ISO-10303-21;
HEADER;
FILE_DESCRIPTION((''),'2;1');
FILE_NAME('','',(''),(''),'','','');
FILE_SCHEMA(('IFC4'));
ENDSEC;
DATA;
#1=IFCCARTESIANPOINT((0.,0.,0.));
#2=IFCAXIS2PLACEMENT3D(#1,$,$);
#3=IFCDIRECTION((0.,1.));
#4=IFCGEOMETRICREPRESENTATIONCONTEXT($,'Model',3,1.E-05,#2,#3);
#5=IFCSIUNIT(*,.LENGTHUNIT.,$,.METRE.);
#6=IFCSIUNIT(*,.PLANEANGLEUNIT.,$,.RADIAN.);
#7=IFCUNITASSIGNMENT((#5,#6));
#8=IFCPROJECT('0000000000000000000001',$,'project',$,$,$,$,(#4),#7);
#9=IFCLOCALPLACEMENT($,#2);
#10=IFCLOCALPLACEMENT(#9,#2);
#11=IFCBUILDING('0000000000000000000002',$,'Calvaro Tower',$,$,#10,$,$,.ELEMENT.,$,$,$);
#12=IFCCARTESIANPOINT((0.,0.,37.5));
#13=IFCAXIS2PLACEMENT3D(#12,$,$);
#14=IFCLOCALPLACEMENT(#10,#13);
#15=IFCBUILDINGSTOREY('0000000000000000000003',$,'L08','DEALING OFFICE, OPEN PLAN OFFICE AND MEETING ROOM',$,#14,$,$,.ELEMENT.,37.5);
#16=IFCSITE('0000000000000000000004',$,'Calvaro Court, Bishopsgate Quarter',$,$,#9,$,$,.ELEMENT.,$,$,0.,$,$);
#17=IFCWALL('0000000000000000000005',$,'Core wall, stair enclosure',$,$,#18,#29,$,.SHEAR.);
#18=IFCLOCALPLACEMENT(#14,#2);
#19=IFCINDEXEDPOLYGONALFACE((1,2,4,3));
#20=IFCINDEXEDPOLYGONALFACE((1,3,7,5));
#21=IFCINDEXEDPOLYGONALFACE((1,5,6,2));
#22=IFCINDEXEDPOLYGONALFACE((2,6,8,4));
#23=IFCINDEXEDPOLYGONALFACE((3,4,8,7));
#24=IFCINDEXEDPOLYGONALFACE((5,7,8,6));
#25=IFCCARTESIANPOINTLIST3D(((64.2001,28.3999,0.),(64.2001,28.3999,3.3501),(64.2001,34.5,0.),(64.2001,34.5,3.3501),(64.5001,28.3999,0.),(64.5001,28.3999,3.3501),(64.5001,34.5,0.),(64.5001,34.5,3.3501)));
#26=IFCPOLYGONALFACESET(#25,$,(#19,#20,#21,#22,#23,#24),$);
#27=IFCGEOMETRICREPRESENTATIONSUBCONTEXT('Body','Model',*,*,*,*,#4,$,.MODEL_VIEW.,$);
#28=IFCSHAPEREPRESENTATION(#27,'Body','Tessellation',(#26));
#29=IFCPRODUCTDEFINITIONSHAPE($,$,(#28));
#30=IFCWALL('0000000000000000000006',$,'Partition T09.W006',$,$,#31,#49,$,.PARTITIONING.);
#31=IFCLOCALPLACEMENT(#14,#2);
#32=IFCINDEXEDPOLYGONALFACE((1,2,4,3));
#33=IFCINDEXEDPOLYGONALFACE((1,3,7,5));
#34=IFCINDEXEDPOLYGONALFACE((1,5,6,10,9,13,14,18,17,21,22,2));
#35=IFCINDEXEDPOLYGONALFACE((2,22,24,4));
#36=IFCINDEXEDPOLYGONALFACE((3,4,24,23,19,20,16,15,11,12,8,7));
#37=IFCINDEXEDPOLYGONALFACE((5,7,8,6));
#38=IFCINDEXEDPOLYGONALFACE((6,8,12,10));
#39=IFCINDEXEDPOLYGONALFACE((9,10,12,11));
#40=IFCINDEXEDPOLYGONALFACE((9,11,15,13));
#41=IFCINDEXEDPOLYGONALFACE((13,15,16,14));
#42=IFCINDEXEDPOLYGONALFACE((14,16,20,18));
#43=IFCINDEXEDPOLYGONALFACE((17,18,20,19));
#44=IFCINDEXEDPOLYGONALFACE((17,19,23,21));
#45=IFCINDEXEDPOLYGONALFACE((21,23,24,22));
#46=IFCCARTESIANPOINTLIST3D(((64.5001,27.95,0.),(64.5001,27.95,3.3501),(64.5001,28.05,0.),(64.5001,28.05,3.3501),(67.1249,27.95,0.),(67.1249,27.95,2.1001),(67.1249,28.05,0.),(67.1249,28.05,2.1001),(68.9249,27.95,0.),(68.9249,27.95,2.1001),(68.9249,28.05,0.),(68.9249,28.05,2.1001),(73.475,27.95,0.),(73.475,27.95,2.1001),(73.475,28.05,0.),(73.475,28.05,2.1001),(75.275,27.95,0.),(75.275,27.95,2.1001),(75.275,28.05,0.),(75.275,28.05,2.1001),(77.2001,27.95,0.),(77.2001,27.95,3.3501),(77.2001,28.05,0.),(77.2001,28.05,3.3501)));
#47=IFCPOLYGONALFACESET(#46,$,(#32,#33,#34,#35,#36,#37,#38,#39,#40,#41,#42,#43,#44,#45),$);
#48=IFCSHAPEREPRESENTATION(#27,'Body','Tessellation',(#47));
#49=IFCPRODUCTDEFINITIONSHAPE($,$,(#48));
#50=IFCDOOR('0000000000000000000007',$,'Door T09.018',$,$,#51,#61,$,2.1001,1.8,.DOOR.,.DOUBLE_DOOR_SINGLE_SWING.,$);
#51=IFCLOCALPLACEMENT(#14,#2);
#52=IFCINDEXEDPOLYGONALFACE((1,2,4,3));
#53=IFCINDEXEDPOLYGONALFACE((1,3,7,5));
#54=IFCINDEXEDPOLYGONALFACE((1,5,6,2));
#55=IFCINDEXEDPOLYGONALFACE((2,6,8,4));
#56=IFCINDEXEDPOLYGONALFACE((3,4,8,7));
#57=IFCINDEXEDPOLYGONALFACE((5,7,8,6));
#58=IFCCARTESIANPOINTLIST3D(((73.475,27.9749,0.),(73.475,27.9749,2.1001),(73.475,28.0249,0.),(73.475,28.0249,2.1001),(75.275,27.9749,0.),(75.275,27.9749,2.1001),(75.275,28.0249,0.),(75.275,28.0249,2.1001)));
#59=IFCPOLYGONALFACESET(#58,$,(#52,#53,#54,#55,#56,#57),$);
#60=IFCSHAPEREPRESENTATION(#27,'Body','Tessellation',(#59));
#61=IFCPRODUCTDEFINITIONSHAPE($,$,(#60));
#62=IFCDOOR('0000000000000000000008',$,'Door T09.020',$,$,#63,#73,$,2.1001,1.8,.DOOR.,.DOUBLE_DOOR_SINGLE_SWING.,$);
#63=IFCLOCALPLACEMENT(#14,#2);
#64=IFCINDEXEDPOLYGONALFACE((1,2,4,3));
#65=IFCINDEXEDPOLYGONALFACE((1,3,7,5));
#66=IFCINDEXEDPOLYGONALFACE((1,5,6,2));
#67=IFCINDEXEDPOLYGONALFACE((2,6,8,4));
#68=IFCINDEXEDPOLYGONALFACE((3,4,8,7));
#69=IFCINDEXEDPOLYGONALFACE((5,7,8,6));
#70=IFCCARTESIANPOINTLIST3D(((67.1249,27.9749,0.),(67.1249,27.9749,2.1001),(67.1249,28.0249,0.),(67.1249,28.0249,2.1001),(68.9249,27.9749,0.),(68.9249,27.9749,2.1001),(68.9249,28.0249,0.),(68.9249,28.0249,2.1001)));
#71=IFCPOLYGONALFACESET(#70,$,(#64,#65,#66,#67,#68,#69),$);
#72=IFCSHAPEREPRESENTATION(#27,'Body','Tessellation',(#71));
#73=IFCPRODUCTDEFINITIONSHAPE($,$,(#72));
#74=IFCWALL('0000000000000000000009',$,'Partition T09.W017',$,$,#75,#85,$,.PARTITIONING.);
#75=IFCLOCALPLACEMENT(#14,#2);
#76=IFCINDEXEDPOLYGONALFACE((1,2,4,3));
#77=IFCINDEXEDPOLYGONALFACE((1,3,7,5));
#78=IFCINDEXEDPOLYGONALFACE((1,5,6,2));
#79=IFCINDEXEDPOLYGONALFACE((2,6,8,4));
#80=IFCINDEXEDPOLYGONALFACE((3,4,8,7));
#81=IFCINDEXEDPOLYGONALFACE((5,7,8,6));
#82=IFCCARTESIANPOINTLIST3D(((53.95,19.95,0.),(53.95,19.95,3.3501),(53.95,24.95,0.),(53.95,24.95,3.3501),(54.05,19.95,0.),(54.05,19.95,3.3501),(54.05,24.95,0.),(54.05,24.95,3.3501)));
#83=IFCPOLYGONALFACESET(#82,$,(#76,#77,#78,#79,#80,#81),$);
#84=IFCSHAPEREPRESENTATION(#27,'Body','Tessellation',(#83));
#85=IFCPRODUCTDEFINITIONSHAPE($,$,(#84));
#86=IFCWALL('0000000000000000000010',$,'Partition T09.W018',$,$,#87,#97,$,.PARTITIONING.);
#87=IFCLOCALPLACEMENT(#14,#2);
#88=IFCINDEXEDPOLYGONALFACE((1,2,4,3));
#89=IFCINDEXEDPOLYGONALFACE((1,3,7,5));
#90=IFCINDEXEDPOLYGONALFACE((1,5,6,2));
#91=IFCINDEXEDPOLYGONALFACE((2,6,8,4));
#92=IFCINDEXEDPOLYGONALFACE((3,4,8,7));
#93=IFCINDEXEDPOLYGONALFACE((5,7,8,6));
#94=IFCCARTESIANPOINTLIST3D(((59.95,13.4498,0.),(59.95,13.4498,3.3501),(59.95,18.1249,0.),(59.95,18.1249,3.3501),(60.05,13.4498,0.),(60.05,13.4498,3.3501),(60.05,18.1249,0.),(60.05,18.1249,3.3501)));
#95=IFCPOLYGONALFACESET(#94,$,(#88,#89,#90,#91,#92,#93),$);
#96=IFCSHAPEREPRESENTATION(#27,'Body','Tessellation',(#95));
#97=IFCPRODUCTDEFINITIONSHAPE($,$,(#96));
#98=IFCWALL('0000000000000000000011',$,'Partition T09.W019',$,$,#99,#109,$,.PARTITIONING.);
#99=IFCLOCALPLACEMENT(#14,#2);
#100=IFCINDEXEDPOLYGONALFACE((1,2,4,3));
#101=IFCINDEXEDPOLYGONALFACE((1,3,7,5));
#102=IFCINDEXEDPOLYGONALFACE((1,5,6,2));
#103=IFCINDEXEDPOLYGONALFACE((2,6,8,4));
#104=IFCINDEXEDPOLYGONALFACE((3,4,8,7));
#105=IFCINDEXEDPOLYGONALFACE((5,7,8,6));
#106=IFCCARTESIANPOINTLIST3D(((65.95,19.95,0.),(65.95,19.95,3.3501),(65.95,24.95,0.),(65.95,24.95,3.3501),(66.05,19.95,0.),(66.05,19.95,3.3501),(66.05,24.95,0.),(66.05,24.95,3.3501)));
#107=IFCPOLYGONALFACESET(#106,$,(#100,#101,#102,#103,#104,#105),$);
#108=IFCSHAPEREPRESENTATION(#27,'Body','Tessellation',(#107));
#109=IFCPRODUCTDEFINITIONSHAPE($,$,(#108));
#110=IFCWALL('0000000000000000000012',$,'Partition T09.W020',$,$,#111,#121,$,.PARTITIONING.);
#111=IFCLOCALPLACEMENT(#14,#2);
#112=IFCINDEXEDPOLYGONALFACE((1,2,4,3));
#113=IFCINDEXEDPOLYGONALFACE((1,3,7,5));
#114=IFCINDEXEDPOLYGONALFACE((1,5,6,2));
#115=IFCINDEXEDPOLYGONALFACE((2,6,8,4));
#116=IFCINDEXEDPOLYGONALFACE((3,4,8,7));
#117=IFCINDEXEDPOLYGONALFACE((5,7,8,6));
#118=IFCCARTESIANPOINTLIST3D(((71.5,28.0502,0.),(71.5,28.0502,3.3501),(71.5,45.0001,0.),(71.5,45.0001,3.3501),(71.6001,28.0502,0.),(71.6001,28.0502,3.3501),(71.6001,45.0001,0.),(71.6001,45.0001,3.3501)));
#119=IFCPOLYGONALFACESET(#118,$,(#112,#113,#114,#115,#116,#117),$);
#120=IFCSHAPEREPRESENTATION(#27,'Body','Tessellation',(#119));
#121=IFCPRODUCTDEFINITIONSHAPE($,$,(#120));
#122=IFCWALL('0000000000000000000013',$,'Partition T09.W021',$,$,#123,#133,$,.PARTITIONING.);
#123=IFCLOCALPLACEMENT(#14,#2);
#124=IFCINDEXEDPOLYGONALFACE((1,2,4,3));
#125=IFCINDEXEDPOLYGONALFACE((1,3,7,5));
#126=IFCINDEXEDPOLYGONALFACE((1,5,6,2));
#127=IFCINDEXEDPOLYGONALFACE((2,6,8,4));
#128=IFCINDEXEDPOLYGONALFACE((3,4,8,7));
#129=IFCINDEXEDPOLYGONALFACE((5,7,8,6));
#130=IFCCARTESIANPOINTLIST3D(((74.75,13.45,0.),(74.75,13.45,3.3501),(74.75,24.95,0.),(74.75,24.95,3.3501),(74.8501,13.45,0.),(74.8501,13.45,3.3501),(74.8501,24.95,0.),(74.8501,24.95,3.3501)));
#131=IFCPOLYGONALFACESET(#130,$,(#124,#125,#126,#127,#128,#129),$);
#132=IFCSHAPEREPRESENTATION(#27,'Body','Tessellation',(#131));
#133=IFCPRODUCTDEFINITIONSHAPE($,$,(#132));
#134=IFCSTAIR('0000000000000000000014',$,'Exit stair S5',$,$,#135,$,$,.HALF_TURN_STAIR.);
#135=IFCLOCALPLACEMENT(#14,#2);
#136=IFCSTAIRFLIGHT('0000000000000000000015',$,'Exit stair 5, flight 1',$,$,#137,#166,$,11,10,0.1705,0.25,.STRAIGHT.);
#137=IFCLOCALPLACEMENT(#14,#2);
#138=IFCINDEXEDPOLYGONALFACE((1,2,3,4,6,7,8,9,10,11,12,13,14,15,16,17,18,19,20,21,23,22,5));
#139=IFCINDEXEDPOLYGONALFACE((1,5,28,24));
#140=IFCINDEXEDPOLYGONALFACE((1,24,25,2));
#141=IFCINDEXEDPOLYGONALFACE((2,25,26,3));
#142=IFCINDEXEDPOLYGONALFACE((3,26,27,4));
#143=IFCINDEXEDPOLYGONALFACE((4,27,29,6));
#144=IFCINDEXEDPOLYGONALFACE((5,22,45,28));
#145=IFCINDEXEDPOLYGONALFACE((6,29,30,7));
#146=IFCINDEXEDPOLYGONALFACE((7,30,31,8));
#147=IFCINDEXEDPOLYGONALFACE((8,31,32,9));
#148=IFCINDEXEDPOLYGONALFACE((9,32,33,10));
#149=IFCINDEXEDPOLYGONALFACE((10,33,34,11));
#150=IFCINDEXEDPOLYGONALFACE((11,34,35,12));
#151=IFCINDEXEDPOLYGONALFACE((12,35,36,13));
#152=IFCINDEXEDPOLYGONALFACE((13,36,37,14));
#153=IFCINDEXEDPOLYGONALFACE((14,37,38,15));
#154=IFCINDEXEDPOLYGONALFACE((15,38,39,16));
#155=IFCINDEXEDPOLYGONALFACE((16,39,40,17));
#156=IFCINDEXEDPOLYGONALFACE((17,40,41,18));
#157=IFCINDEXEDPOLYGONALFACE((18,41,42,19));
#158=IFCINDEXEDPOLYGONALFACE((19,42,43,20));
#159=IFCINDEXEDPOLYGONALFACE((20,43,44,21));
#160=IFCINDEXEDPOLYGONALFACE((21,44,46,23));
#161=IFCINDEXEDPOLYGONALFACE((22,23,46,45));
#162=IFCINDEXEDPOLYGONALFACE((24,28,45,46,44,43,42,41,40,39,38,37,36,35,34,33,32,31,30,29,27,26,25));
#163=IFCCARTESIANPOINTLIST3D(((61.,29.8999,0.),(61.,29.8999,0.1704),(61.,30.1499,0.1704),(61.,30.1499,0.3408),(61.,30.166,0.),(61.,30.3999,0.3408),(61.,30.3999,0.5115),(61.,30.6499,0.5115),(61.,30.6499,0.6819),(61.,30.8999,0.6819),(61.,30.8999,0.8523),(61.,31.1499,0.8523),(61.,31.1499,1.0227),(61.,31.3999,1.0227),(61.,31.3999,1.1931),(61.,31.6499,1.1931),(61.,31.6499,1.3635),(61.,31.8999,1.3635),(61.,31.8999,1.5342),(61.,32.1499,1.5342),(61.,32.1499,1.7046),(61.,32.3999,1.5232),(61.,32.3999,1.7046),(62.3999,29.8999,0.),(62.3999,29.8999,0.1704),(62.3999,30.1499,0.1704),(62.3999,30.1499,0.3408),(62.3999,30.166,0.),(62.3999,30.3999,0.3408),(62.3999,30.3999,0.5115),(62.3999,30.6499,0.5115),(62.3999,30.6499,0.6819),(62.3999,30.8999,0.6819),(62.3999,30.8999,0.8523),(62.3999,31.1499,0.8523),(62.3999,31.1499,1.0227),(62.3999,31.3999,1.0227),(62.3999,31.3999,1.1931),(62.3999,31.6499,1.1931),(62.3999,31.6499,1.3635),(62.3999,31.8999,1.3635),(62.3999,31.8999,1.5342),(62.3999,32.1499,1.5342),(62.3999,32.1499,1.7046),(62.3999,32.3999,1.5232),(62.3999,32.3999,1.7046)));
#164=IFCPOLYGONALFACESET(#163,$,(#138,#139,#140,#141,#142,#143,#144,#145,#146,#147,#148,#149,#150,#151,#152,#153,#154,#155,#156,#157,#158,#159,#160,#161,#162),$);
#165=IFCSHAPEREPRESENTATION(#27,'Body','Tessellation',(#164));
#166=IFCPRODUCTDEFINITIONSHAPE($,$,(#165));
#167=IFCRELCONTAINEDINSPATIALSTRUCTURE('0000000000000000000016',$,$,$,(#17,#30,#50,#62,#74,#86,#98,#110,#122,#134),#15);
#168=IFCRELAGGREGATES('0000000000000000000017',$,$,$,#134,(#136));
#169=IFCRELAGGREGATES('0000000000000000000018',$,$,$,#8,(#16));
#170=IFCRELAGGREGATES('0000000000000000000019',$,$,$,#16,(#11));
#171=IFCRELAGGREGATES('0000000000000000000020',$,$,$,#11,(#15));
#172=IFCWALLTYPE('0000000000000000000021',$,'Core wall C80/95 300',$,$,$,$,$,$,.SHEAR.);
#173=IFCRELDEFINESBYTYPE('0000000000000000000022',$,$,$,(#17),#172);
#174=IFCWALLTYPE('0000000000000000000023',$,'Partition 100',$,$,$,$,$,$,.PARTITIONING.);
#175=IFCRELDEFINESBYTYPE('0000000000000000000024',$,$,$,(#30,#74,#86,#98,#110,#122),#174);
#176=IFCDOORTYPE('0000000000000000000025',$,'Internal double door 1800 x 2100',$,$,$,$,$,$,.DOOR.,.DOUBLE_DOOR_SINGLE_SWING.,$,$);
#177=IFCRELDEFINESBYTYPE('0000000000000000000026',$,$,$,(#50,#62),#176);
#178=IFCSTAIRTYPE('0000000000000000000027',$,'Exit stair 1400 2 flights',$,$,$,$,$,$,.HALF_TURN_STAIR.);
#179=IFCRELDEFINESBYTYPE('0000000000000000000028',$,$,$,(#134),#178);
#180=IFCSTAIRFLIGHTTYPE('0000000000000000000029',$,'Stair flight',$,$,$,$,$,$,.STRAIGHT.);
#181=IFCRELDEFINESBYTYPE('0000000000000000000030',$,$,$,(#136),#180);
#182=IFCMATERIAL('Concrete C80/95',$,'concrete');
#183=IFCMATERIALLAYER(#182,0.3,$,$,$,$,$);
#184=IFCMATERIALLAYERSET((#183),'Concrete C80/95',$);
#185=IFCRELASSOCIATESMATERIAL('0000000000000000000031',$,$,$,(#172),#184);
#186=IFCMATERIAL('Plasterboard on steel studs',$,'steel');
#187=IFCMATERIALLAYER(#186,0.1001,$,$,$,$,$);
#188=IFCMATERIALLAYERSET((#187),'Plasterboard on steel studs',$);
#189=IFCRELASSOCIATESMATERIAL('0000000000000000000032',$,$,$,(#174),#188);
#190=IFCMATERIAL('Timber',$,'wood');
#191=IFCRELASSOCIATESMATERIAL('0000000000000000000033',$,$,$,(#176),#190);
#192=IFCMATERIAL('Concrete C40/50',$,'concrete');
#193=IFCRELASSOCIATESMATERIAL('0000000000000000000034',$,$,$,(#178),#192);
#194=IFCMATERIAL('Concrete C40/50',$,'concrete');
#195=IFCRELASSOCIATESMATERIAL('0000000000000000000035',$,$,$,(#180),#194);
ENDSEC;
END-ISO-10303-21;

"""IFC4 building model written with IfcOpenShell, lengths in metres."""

from ifc_helpers import new_model, si_unit, direction, frame, frame_2d, origin, place, context, subcontext, project, spatial, polyline, rectangle, outline, extrude, material, layer, layer_set, type_object, element, fill, aggregate, save


model = new_model("IFC4")

# Units and contexts
model_context = context("Model", 3, precision=1e-05, world=origin(), true_north=direction((0.0, 1.0)))
body_context = subcontext(model_context, "Body", "Model", "MODEL_VIEW")
ifc_project = project(units=[si_unit("LENGTHUNIT", "METRE"), si_unit("PLANEANGLEUNIT", "RADIAN")], contexts=[model_context])

# Site, building, storey
site_placement = place(None, origin())
site = spatial("IfcSite", under=ifc_project, at=site_placement, Name="Calvaro Court, Bishopsgate Quarter", CompositionType="ELEMENT", RefElevation=0.0)
building_placement = place(site_placement, origin())
building = spatial("IfcBuilding", under=site, at=building_placement, Name="Calvaro Tower", CompositionType="ELEMENT")
storey_placement = place(building_placement, frame((0.0, 0.0, 37.5)))
storey = spatial("IfcBuildingStorey", under=building, at=storey_placement, Name="L08", Description="DEALING OFFICE, OPEN PLAN OFFICE AND MEETING ROOM", CompositionType="ELEMENT", Elevation=37.5)

# Wall
ifc_material_1 = material(Name="Concrete C80/95", Category="concrete")
ifc_layer_1 = layer(ifc_material_1, 0.3)
ifc_layer_set_1 = layer_set([ifc_layer_1], Name="Concrete C80/95")
wall_type_1 = type_object("IfcWallType", Name="Core wall C80/95 300", PredefinedType="SHEAR", material=ifc_layer_set_1)
for number, where, z_axis, x_axis, name in (
    (1, (64.3501, 28.3999, 0.0), (0.0, 0.0, 1.0), (0.0, 1.0, 0.0), "Core wall, stair enclosure"),
):
    element("IfcWall", number, at=place(storey_placement, frame(where, z_axis=z_axis, x_axis=x_axis)), inside=storey, type_object=wall_type_1, Name=name, PredefinedType="SHEAR", context=body_context, shape_type="SweptSolid", body=[
        extrude(rectangle(XDim=6.1001, YDim=0.3, at=frame_2d((3.05, 0.0))), origin(), (0.0, 0.0, 1.0), 3.3501),
    ])

# Wall, openings, doors
ifc_material_2 = material(Name="Plasterboard on steel studs", Category="steel")
ifc_layer_2 = layer(ifc_material_2, 0.1001)
ifc_layer_set_2 = layer_set([ifc_layer_2], Name="Plasterboard on steel studs")
wall_type_2 = type_object("IfcWallType", Name="Partition 100", PredefinedType="PARTITIONING", material=ifc_layer_set_2)
wall_1_placement = place(storey_placement, frame((64.5, 28.0, 0.0), z_axis=(0.0, 0.0, 1.0), x_axis=(1.0, 0.0, 0.0)))
wall_1 = element("IfcWall", 2, at=wall_1_placement, inside=storey, type_object=wall_type_2, Name="Partition T09.W006", PredefinedType="PARTITIONING", context=body_context, shape_type="SweptSolid", body=[
    extrude(rectangle(XDim=12.7, YDim=0.1001, at=frame_2d((6.3501, 0.0))), origin(), (0.0, 0.0, 1.0), 3.3501),
])
opening_1_placement = place(wall_1_placement, frame((8.9751, 0.0, 0.0)))
opening_1 = element("IfcOpeningElement", 3, at=opening_1_placement, cuts=wall_1, PredefinedType="OPENING", context=body_context, shape_type="SweptSolid", body=[
    extrude(rectangle(XDim=1.8, YDim=2.1001, at=frame_2d((0.8999, 1.05))), frame((0.0, 0.0601, 0.0), z_axis=(0.0, -1.0, 0.0), x_axis=(1.0, 0.0, 0.0)), (0.0, 0.0, 1.0), 0.1201),
])
opening_2_placement = place(wall_1_placement, frame((2.625, 0.0, 0.0)))
opening_2 = element("IfcOpeningElement", 4, at=opening_2_placement, cuts=wall_1, PredefinedType="OPENING", context=body_context, shape_type="SweptSolid", body=[
    extrude(rectangle(XDim=1.8, YDim=2.1001, at=frame_2d((0.8999, 1.05))), frame((0.0, 0.0601, 0.0), z_axis=(0.0, -1.0, 0.0), x_axis=(1.0, 0.0, 0.0)), (0.0, 0.0, 1.0), 0.1201),
])
ifc_material_3 = material(Name="Timber", Category="wood")
door_type_1 = type_object("IfcDoorType", Name="Internal double door 1800 x 2100", OperationType="DOUBLE_DOOR_SINGLE_SWING", PredefinedType="DOOR", material=ifc_material_3)
door_1_placement = place(opening_1_placement, origin())
door_1 = element("IfcDoor", 5, at=door_1_placement, inside=storey, type_object=door_type_1, Name="Door T09.018", OperationType="DOUBLE_DOOR_SINGLE_SWING", OverallHeight=2.1001, OverallWidth=1.8, PredefinedType="DOOR", context=body_context, shape_type="SweptSolid", body=[
    extrude(rectangle(XDim=1.8, YDim=2.1001, at=frame_2d((0.8999, 1.05))), frame((0.0, 0.0249, 0.0), z_axis=(0.0, -1.0, 0.0), x_axis=(1.0, 0.0, 0.0)), (0.0, 0.0, 1.0), 0.05),
])
fill(opening_1, door_1)
door_2_placement = place(opening_2_placement, origin())
door_2 = element("IfcDoor", 6, at=door_2_placement, inside=storey, type_object=door_type_1, Name="Door T09.020", OperationType="DOUBLE_DOOR_SINGLE_SWING", OverallHeight=2.1001, OverallWidth=1.8, PredefinedType="DOOR", context=body_context, shape_type="SweptSolid", body=[
    extrude(rectangle(XDim=1.8, YDim=2.1001, at=frame_2d((0.8999, 1.05))), frame((0.0, 0.0249, 0.0), z_axis=(0.0, -1.0, 0.0), x_axis=(1.0, 0.0, 0.0)), (0.0, 0.0, 1.0), 0.05),
])
fill(opening_2, door_2)

# Walls
wall_2_placement = place(storey_placement, frame((54.0, 19.95, 0.0), z_axis=(0.0, 0.0, 1.0), x_axis=(0.0, 1.0, 0.0)))
element("IfcWall", 7, at=wall_2_placement, inside=storey, type_object=wall_type_2, Name="Partition T09.W017", PredefinedType="PARTITIONING", context=body_context, shape_type="SweptSolid", body=[
    extrude(rectangle(XDim=5.0, YDim=0.1001, at=frame_2d((2.5, 0.0))), origin(), (0.0, 0.0, 1.0), 3.3501),
])
wall_3_placement = place(storey_placement, frame((60.0, 13.45, 0.0), z_axis=(0.0, 0.0, 1.0), x_axis=(0.0, 1.0, 0.0)))
element("IfcWall", 8, at=wall_3_placement, inside=storey, type_object=wall_type_2, Name="Partition T09.W018", PredefinedType="PARTITIONING", context=body_context, shape_type="SweptSolid", body=[
    extrude(rectangle(XDim=4.675, YDim=0.1001, at=frame_2d((2.3374, 0.0))), origin(), (0.0, 0.0, 1.0), 3.3501),
])
wall_4_placement = place(storey_placement, frame((66.0, 19.95, 0.0), z_axis=(0.0, 0.0, 1.0), x_axis=(0.0, 1.0, 0.0)))
element("IfcWall", 9, at=wall_4_placement, inside=storey, type_object=wall_type_2, Name="Partition T09.W019", PredefinedType="PARTITIONING", context=body_context, shape_type="SweptSolid", body=[
    extrude(rectangle(XDim=5.0, YDim=0.1001, at=frame_2d((2.5, 0.0))), origin(), (0.0, 0.0, 1.0), 3.3501),
])
wall_5_placement = place(storey_placement, frame((71.55, 28.05, 0.0), z_axis=(0.0, 0.0, 1.0), x_axis=(0.0, 1.0, 0.0)))
element("IfcWall", 10, at=wall_5_placement, inside=storey, type_object=wall_type_2, Name="Partition T09.W020", PredefinedType="PARTITIONING", context=body_context, shape_type="SweptSolid", body=[
    extrude(rectangle(XDim=16.95, YDim=0.1001, at=frame_2d((8.4751, 0.0))), origin(), (0.0, 0.0, 1.0), 3.3501),
])
wall_6_placement = place(storey_placement, frame((74.8, 13.45, 0.0), z_axis=(0.0, 0.0, 1.0), x_axis=(0.0, 1.0, 0.0)))
element("IfcWall", 11, at=wall_6_placement, inside=storey, type_object=wall_type_2, Name="Partition T09.W021", PredefinedType="PARTITIONING", context=body_context, shape_type="SweptSolid", body=[
    extrude(rectangle(XDim=11.5, YDim=0.1001, at=frame_2d((5.75, 0.0))), origin(), (0.0, 0.0, 1.0), 3.3501),
])

# Stair, stair flight
ifc_material_4 = material(Name="Concrete C40/50", Category="concrete")
stair_type = type_object("IfcStairType", Name="Exit stair 1400 2 flights", PredefinedType="HALF_TURN_STAIR", material=ifc_material_4)
stair_placement = place(storey_placement, origin())
stair = element("IfcStair", 12, at=stair_placement, inside=storey, type_object=stair_type, Name="Exit stair S5", PredefinedType="HALF_TURN_STAIR")
ifc_material_5 = material(Name="Concrete C40/50", Category="concrete")
stair_flight_type = type_object("IfcStairFlightType", Name="Stair flight", PredefinedType="STRAIGHT", material=ifc_material_5)
stair_flight_placement = place(storey_placement, frame((61.7, 29.8999, 0.0), z_axis=(0.0, 0.0, 1.0), x_axis=(0.0, 1.0, 0.0)))
stair_flight = element("IfcStairFlight", 13, at=stair_flight_placement, type_object=stair_flight_type, Name="Exit stair 5, flight 1", NumberOfRisers=11, NumberOfTreads=10, PredefinedType="STRAIGHT", RiserHeight=0.1705, TreadLength=0.25, context=body_context, shape_type="SweptSolid", body=[
    extrude(outline(polyline([(0.0, 0.0), (0.0, 0.1704), (0.25, 0.1704), (0.25, 0.3408), (0.5, 0.3408), (0.5, 0.5115), (0.75, 0.5115), (0.75, 0.6819), (1.0, 0.6819), (1.0, 0.8523), (1.25, 0.8523), (1.25, 1.0227), (1.5, 1.0227), (1.5, 1.1931), (1.75, 1.1931), (1.75, 1.3635), (2.0, 1.3635), (2.0, 1.5342), (2.25, 1.5342), (2.25, 1.7046), (2.5, 1.7046), (2.5, 1.875), (2.5, 1.5232), (0.2661, 0.0), (0.0, 0.0)])), frame((0.0, 0.7, 0.0), z_axis=(0.0, -1.0, 0.0), x_axis=(1.0, 0.0, 0.0)), (0.0, 0.0, 1.0), 1.3999),
])
aggregate(stair, [stair_flight])

save(model, "model.ifc")
